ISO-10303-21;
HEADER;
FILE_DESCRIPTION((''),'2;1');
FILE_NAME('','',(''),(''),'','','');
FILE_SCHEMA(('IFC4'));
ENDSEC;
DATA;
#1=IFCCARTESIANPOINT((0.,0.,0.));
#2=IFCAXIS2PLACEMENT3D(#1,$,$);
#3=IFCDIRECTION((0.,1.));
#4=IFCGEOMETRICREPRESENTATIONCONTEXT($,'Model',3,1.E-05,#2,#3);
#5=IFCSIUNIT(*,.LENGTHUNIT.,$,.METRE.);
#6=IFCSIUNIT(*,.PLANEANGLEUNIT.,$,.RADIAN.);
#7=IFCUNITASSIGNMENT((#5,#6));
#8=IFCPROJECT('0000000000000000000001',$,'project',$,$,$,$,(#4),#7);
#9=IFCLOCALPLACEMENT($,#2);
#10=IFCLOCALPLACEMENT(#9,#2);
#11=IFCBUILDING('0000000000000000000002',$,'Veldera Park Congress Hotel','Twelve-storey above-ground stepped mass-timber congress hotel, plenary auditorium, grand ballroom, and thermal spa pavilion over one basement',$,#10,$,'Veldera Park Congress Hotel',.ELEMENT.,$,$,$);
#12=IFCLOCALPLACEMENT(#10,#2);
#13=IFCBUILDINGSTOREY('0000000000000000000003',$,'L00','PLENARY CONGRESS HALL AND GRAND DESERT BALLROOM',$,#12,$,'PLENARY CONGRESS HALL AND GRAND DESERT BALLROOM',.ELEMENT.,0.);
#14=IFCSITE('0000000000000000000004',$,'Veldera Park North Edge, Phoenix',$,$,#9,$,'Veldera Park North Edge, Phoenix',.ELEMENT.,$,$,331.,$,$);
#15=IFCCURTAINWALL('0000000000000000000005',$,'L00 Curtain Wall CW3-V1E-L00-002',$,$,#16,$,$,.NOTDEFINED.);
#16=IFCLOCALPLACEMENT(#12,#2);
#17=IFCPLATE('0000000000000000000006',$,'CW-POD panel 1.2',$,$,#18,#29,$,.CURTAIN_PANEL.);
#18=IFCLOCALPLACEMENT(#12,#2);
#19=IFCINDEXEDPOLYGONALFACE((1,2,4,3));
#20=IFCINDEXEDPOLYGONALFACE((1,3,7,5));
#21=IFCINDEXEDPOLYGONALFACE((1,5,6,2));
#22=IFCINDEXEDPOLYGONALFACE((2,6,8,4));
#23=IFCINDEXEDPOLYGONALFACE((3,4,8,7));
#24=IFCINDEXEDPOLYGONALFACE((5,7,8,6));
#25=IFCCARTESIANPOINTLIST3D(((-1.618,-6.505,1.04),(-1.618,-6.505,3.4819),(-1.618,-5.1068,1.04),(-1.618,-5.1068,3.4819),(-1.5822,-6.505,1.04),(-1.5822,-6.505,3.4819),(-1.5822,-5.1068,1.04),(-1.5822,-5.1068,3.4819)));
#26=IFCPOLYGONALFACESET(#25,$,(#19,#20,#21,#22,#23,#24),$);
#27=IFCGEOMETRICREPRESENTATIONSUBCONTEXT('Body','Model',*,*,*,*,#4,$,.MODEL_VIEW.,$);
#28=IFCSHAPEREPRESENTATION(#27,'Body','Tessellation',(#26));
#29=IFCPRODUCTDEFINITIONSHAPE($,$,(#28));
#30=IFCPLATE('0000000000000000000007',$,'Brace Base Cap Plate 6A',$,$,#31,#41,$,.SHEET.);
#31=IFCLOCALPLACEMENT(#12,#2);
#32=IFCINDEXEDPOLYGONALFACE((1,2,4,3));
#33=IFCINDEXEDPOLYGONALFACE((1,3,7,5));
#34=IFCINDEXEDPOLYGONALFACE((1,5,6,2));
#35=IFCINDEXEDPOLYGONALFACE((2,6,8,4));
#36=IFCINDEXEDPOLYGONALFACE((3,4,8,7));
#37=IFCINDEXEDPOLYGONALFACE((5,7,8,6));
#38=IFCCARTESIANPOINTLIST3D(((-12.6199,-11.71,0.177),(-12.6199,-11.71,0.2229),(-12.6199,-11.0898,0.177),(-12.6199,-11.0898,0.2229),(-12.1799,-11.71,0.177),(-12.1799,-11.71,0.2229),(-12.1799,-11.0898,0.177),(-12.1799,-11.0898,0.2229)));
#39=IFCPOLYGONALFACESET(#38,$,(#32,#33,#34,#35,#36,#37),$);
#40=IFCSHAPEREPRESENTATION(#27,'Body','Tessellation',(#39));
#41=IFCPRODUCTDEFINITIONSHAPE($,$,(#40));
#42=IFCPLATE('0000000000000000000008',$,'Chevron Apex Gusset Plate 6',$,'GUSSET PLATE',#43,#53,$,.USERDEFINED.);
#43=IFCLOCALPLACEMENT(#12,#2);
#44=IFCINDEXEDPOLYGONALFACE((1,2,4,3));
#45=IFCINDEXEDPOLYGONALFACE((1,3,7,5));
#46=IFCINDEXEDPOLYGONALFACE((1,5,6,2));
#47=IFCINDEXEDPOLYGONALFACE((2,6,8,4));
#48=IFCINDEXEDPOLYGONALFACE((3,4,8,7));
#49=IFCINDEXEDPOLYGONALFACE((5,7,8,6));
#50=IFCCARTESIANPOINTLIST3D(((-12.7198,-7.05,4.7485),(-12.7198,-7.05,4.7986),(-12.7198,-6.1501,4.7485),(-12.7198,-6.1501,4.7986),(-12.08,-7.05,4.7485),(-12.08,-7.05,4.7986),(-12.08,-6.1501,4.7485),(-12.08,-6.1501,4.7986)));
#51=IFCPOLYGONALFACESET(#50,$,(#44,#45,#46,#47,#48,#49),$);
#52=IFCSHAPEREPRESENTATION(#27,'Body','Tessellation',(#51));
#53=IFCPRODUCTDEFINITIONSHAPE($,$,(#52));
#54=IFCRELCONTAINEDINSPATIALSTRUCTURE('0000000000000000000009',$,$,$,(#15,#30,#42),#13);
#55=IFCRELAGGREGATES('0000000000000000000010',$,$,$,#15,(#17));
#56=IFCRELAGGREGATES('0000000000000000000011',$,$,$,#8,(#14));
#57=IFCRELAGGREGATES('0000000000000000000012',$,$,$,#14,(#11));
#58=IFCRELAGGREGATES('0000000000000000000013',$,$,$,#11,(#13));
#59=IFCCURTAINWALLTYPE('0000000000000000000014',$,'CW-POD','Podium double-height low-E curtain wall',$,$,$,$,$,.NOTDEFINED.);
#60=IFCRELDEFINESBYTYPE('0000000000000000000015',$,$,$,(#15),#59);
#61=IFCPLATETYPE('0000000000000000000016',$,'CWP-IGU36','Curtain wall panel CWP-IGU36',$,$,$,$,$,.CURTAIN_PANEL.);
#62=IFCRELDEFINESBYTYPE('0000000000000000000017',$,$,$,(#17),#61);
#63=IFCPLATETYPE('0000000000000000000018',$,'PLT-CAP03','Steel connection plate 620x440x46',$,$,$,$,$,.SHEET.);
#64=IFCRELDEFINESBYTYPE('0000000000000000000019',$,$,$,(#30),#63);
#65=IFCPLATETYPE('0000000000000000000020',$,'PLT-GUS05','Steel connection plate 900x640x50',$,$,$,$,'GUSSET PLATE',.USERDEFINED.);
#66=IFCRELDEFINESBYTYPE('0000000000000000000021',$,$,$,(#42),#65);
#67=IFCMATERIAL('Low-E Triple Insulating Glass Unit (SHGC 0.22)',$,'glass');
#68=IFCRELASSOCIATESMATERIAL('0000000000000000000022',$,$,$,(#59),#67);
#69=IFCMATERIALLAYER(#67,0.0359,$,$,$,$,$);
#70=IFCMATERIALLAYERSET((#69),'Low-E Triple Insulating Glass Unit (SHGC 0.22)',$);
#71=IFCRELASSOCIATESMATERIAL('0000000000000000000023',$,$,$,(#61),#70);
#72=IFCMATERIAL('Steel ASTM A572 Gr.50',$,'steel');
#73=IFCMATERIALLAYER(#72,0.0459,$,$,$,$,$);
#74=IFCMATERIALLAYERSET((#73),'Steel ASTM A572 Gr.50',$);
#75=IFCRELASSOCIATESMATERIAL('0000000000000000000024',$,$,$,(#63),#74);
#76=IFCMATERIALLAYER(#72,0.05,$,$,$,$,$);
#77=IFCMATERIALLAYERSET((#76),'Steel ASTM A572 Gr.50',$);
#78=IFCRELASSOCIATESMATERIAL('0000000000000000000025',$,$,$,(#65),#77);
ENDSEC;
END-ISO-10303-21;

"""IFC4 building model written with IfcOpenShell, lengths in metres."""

from ifc_helpers import new_model, si_unit, direction, frame, origin, origin_2d, place, context, subcontext, project, spatial, rectangle, extrude, material, layer, layer_set, type_object, element, aggregate, save


model = new_model("IFC4")

# Units and contexts
model_context = context("Model", 3, precision=1e-05, world=origin(), true_north=direction((0.0, 1.0)))
body_context = subcontext(model_context, "Body", "Model", "MODEL_VIEW")
ifc_project = project(units=[si_unit("LENGTHUNIT", "METRE"), si_unit("PLANEANGLEUNIT", "RADIAN")], contexts=[model_context])

# Site, building, storey
site_placement = place(None, origin())
site = spatial("IfcSite", under=ifc_project, at=site_placement, Name="Veldera Park North Edge, Phoenix", LongName="Veldera Park North Edge, Phoenix", CompositionType="ELEMENT", RefElevation=331.0)
building_placement = place(site_placement, origin())
building = spatial("IfcBuilding", under=site, at=building_placement, Name="Veldera Park Congress Hotel", Description="Twelve-storey above-ground stepped mass-timber congress hotel, plenary auditorium, grand ballroom, and thermal spa pavilion over one basement", LongName="Veldera Park Congress Hotel", CompositionType="ELEMENT")
storey_placement = place(building_placement, origin())
storey = spatial("IfcBuildingStorey", under=building, at=storey_placement, Name="L00", Description="PLENARY CONGRESS HALL AND GRAND DESERT BALLROOM", LongName="PLENARY CONGRESS HALL AND GRAND DESERT BALLROOM", CompositionType="ELEMENT", Elevation=0.0)

# Shared definitions
ifc_material_1 = material(Name="Low-E Triple Insulating Glass Unit (SHGC 0.22)", Category="glass")
curtain_wall_type = type_object("IfcCurtainWallType", Name="CW-POD", Description="Podium double-height low-E curtain wall", PredefinedType="NOTDEFINED", material=ifc_material_1)

# Curtain wall
curtain_wall_1_placement = place(storey_placement, origin())
curtain_wall_1 = element("IfcCurtainWall", 1, at=curtain_wall_1_placement, inside=storey, type_object=curtain_wall_type, Name="L00 Curtain Wall CW3-V1E-L00-002", PredefinedType="NOTDEFINED")

# Plate
ifc_layer_1 = layer(ifc_material_1, 0.0359)
ifc_layer_set_1 = layer_set([ifc_layer_1], Name="Low-E Triple Insulating Glass Unit (SHGC 0.22)")
plate_type_1 = type_object("IfcPlateType", Name="CWP-IGU36", Description="Curtain wall panel CWP-IGU36", PredefinedType="CURTAIN_PANEL", material=ifc_layer_set_1)
plate_1_placement = place(storey_placement, frame((-1.6001, -5.8059, 1.04), z_axis=(0.0, 0.0, 1.0), x_axis=(0.0, 1.0, 0.0)))
plate_1 = element("IfcPlate", 2, at=plate_1_placement, type_object=plate_type_1, Name="CW-POD panel 1.2", PredefinedType="CURTAIN_PANEL", context=body_context, shape_type="SweptSolid", body=[
    extrude(rectangle(XDim=1.3982, YDim=0.0359, at=origin_2d()), origin(), (0.0, 0.0, 1.0), 2.4419),
])
aggregate(curtain_wall_1, [plate_1])

# Plates
ifc_material_2 = material(Name="Steel ASTM A572 Gr.50", Category="steel")
ifc_layer_2 = layer(ifc_material_2, 0.0459)
ifc_layer_set_2 = layer_set([ifc_layer_2], Name="Steel ASTM A572 Gr.50")
plate_type_2 = type_object("IfcPlateType", Name="PLT-CAP03", Description="Steel connection plate 620x440x46", PredefinedType="SHEET", material=ifc_layer_set_2)
plate_2_placement = place(storey_placement, frame((-12.3999, -11.3999, 0.177), z_axis=(0.0, 0.0, 1.0), x_axis=(0.0, 1.0, 0.0)))
element("IfcPlate", 3, at=plate_2_placement, inside=storey, type_object=plate_type_2, Name="Brace Base Cap Plate 6A", PredefinedType="SHEET", context=body_context, shape_type="SweptSolid", body=[
    extrude(rectangle(XDim=0.6201, YDim=0.4399, at=origin_2d()), origin(), (0.0, 0.0, 1.0), 0.0459),
])
ifc_layer_3 = layer(ifc_material_2, 0.05)
ifc_layer_set_3 = layer_set([ifc_layer_3], Name="Steel ASTM A572 Gr.50")
plate_type_3 = type_object("IfcPlateType", Name="PLT-GUS05", Description="Steel connection plate 900x640x50", ElementType="GUSSET PLATE", PredefinedType="USERDEFINED", material=ifc_layer_set_3)
plate_3_placement = place(storey_placement, frame((-12.3999, -6.6001, 4.7485), z_axis=(0.0, 0.0, 1.0), x_axis=(0.0, 1.0, 0.0)))
element("IfcPlate", 4, at=plate_3_placement, inside=storey, type_object=plate_type_3, Name="Chevron Apex Gusset Plate 6", ObjectType="GUSSET PLATE", PredefinedType="USERDEFINED", context=body_context, shape_type="SweptSolid", body=[
    extrude(rectangle(XDim=0.8999, YDim=0.6399, at=origin_2d()), origin(), (0.0, 0.0, 1.0), 0.05),
])

save(model, "model.ifc")
